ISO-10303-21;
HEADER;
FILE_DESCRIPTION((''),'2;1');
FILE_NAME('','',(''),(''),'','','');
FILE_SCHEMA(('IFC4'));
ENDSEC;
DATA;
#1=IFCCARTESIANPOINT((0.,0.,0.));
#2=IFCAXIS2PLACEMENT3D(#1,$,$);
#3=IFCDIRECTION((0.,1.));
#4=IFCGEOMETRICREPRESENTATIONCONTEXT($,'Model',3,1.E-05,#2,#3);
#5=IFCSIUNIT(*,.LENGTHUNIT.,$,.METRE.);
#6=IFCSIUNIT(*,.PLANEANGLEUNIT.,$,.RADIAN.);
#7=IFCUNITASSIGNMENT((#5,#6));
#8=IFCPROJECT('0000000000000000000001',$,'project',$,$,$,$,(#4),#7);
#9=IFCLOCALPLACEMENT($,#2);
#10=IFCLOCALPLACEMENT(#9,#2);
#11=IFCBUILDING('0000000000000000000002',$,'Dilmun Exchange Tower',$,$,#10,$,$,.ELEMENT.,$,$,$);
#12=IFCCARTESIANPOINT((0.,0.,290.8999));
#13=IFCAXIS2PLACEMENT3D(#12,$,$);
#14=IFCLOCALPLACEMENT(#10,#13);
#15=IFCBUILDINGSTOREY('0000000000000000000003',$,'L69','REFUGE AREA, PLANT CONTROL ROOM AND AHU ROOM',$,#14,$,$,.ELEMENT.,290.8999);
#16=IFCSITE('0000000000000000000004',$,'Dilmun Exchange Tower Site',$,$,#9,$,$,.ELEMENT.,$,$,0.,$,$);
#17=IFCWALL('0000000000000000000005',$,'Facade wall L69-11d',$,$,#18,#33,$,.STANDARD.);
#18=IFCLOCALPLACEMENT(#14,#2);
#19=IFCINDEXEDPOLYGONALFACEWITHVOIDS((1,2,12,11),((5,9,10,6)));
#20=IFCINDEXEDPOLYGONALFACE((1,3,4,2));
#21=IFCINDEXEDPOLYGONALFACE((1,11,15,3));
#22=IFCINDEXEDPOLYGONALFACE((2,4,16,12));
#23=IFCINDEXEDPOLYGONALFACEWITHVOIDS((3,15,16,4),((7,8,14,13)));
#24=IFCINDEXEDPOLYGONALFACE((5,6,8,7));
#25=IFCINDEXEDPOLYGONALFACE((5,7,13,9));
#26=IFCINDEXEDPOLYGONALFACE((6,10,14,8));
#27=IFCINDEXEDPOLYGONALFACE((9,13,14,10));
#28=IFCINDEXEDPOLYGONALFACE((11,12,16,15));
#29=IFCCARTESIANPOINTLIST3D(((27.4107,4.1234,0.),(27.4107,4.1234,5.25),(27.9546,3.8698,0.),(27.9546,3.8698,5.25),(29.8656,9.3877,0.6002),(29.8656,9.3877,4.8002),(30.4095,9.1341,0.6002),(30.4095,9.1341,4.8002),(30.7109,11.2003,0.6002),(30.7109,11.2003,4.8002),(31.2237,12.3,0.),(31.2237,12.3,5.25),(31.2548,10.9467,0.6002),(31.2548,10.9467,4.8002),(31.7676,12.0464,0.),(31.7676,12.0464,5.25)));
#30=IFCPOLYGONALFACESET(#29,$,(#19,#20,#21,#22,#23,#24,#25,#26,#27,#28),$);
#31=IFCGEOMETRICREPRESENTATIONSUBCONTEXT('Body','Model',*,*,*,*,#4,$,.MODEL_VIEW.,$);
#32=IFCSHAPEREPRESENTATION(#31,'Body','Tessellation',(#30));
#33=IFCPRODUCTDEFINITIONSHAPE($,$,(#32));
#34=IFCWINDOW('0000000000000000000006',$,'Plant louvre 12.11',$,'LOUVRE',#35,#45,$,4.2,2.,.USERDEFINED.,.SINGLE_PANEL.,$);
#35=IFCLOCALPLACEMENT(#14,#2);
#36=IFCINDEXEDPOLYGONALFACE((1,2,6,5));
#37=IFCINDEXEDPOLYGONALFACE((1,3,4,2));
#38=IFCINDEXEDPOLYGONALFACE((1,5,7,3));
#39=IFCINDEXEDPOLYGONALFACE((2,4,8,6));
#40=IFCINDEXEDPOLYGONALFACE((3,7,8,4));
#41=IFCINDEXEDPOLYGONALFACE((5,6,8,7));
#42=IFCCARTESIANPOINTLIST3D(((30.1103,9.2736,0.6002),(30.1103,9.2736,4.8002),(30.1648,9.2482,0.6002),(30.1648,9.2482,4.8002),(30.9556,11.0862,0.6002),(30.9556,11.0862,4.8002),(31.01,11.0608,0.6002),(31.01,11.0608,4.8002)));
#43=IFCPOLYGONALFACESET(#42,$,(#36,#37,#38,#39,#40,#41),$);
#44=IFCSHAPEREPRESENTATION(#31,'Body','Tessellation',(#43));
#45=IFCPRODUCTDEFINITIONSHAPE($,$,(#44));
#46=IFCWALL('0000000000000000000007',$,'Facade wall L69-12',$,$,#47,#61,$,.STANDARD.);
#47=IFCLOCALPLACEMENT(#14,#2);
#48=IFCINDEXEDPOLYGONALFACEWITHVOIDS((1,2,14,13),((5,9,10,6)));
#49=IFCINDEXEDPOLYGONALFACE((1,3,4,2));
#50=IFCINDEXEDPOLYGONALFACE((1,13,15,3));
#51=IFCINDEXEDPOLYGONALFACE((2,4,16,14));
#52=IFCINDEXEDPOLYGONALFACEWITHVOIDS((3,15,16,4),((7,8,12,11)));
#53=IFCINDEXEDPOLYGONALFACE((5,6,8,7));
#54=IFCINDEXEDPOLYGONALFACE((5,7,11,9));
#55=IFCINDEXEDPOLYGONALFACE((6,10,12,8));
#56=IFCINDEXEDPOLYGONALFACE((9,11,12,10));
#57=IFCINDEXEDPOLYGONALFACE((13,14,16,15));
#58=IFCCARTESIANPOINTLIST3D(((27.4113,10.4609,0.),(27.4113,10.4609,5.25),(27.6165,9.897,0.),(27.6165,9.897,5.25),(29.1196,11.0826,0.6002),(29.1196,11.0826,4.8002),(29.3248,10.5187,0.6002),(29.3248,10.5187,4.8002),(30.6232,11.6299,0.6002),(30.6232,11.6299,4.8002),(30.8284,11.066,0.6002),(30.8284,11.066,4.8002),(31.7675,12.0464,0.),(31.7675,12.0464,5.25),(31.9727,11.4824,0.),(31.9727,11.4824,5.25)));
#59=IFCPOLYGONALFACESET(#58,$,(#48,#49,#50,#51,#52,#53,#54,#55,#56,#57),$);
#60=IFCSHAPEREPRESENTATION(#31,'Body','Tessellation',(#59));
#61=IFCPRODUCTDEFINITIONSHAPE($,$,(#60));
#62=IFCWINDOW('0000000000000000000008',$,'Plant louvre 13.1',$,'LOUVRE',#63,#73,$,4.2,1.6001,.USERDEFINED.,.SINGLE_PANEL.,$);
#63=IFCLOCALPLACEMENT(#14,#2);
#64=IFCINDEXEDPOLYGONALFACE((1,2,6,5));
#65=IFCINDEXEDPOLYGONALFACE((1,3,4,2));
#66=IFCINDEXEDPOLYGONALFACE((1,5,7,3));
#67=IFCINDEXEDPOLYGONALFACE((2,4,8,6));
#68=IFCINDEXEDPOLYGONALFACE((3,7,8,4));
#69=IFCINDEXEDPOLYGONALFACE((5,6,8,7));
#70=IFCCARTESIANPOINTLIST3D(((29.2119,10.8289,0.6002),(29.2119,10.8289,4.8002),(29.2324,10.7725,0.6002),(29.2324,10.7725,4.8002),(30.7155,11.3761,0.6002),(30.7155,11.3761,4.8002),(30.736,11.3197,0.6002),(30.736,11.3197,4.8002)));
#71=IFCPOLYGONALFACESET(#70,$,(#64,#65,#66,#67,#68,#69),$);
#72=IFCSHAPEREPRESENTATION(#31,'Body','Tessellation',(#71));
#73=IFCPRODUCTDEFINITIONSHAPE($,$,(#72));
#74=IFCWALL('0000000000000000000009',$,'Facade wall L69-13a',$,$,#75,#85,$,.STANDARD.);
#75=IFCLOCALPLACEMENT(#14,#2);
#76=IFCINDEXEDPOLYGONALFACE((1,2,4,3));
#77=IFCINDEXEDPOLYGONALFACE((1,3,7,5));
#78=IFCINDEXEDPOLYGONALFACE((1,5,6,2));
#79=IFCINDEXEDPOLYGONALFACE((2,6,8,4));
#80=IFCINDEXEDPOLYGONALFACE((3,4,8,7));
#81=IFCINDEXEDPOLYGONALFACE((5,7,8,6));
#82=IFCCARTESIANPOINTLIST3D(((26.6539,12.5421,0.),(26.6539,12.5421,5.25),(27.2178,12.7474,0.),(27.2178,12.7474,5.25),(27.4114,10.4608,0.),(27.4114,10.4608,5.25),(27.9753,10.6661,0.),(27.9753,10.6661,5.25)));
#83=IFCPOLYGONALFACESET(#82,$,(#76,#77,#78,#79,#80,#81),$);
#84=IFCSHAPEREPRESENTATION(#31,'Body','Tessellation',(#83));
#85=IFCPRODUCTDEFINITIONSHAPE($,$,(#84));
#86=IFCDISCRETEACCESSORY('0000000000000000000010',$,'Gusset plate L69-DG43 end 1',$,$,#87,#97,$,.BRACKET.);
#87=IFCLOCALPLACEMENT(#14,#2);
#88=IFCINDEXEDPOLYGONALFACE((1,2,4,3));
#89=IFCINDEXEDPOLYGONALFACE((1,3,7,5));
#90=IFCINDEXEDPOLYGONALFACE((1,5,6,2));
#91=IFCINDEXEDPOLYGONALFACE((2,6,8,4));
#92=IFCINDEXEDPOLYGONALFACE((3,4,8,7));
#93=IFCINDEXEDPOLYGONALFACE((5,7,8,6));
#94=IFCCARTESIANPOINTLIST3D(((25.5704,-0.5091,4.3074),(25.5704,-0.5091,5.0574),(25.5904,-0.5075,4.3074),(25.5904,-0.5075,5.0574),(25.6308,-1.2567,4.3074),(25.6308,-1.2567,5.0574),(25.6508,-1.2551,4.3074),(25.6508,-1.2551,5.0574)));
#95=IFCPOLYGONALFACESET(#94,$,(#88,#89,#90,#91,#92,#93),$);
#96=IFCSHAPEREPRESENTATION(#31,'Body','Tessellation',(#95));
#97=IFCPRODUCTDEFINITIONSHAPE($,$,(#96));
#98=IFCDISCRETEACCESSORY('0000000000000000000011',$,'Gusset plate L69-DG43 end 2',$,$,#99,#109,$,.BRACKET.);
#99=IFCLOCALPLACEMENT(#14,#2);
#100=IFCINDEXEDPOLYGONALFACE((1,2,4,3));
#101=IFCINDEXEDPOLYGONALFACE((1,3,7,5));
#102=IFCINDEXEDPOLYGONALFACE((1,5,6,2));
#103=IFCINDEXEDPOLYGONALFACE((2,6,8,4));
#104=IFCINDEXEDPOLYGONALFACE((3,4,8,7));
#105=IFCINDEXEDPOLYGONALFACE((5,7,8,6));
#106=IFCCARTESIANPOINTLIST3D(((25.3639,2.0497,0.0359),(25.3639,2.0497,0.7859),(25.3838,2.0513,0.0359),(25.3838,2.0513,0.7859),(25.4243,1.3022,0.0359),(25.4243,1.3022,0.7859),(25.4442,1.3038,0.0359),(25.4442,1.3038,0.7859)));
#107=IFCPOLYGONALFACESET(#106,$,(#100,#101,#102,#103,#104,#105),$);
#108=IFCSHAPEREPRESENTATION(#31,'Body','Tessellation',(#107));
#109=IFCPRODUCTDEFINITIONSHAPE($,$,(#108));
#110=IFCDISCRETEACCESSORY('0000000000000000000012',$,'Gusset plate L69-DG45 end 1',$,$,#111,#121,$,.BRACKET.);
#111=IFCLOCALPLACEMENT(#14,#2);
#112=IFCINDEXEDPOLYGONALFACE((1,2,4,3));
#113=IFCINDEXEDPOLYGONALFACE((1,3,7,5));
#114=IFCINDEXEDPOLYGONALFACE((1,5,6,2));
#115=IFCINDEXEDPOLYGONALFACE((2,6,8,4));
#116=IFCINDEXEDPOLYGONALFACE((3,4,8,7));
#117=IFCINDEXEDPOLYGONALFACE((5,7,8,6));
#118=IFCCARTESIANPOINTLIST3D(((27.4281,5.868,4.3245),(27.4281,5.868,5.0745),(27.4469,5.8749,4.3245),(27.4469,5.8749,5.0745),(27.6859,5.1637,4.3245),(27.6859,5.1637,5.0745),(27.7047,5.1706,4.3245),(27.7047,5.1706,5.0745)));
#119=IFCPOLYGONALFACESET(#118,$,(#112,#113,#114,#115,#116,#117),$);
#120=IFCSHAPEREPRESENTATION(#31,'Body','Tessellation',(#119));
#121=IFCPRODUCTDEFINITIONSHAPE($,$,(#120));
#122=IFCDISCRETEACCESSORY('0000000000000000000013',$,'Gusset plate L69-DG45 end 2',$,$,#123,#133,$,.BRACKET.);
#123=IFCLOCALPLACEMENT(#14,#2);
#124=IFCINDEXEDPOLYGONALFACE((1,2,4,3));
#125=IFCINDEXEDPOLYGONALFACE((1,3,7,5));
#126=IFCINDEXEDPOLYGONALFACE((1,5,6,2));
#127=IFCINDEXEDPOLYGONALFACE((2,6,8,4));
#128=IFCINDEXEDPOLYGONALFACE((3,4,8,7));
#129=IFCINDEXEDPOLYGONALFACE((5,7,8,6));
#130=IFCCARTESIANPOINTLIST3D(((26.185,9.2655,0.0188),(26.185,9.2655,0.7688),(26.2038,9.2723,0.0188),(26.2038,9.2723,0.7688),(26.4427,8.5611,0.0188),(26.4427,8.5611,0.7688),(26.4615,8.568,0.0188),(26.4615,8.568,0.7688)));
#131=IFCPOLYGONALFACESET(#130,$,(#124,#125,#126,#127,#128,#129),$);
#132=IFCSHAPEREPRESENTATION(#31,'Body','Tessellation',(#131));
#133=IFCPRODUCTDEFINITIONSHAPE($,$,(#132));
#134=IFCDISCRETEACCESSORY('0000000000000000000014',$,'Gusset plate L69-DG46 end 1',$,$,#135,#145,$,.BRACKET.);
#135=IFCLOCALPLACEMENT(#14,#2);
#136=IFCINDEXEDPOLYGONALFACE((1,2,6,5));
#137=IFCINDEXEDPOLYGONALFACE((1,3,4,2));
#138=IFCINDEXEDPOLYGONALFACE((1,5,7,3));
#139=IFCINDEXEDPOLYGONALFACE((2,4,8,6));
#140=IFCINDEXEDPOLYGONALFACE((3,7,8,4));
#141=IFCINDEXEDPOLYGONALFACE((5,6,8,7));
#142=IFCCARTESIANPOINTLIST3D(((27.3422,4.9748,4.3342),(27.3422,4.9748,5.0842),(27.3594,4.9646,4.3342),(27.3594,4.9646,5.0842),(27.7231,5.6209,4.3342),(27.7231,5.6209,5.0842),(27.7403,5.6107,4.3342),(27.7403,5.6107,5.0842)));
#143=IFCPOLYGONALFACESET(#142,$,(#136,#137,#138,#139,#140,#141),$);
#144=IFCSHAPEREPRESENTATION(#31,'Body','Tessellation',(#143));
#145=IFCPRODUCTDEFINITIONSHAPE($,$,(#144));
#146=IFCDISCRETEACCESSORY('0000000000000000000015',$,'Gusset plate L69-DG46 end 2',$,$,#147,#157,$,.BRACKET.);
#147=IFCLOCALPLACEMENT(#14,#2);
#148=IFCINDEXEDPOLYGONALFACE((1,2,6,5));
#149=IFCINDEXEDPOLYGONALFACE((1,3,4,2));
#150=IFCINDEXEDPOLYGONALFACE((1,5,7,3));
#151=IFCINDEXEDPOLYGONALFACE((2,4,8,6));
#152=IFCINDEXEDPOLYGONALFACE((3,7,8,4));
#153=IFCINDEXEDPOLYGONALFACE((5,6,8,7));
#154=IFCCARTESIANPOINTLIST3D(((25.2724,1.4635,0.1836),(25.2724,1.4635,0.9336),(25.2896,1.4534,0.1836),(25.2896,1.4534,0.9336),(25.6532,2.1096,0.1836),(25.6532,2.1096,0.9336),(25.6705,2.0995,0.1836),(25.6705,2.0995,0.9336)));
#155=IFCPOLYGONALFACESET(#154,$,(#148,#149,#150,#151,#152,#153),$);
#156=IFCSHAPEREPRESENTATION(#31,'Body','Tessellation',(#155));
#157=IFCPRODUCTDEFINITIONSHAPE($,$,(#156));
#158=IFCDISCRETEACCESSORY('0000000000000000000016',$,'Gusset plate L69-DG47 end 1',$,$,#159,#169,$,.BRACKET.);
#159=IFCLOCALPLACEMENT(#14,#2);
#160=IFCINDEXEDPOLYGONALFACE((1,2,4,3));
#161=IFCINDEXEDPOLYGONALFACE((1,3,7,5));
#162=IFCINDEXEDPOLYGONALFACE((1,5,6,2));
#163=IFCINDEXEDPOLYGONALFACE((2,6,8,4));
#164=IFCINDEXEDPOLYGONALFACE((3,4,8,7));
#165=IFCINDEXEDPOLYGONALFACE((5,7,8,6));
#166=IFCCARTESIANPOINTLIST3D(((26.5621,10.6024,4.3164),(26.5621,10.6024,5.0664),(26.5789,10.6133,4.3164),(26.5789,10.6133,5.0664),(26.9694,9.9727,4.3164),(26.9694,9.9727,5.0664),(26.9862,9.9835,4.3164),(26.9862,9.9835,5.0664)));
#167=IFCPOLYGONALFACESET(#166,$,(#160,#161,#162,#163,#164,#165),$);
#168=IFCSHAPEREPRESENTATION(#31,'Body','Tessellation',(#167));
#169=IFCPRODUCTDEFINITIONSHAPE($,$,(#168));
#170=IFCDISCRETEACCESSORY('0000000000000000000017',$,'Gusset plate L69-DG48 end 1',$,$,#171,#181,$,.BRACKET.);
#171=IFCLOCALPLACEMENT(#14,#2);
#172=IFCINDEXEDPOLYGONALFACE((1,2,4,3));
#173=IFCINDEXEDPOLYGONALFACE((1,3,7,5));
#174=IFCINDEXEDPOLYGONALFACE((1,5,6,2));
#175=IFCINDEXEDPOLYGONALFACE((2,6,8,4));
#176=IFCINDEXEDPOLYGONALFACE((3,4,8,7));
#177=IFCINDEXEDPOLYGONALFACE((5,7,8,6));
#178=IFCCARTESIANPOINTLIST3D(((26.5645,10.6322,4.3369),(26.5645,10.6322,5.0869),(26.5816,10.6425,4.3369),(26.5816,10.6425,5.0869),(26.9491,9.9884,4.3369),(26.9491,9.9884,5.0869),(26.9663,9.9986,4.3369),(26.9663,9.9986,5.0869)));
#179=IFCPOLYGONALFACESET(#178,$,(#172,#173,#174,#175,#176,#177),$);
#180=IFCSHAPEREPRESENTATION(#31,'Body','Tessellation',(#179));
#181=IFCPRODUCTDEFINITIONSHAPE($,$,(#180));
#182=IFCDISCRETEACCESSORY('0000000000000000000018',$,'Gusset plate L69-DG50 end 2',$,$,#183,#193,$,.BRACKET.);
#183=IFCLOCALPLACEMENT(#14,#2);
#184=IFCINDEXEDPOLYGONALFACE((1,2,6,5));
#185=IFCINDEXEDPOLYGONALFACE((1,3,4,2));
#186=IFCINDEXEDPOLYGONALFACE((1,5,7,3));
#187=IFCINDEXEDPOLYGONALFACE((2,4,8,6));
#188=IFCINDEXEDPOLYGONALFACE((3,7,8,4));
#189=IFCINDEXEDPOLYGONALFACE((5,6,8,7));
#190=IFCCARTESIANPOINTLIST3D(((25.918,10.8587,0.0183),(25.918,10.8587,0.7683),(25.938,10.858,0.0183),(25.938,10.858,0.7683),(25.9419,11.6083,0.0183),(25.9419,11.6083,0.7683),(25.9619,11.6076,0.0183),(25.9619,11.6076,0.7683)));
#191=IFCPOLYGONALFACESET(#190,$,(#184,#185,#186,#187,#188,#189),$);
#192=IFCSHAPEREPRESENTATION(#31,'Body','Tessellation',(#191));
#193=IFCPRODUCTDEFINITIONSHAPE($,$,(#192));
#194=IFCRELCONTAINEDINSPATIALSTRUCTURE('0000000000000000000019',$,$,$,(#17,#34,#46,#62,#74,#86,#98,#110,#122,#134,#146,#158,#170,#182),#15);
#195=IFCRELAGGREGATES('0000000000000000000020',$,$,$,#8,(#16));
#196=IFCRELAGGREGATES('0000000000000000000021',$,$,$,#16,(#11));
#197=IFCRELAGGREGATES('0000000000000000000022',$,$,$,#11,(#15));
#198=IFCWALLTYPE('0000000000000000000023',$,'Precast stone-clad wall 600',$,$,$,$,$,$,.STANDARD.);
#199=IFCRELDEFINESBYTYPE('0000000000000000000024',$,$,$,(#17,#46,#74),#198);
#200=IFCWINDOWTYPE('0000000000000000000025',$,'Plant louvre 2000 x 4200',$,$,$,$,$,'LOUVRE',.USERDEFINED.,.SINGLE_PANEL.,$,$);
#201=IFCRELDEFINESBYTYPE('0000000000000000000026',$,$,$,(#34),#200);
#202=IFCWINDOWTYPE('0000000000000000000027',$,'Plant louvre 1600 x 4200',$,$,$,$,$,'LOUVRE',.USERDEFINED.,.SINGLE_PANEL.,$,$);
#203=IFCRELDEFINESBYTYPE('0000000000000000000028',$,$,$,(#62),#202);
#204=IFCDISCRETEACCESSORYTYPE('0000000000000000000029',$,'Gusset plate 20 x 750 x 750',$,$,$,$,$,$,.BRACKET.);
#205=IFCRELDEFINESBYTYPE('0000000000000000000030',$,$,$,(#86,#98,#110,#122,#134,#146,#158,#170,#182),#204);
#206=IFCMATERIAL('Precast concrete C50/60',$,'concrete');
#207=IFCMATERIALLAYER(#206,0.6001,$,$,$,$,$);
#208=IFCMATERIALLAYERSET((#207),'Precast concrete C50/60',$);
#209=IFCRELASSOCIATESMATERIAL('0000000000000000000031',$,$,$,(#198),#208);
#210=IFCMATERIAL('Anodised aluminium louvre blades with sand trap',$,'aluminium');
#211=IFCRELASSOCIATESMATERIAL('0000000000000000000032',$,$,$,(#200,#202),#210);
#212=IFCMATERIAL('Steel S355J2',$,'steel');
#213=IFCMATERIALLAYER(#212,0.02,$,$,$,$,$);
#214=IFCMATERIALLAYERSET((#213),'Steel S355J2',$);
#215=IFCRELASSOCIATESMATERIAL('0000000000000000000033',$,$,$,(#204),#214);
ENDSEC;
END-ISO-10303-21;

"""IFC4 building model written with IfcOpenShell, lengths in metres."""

from ifc_helpers import new_model, si_unit, direction, frame, frame_2d, origin, origin_2d, place, context, subcontext, project, spatial, rectangle, extrude, material, layer, layer_set, type_object, element, fill, save


model = new_model("IFC4")

# Units and contexts
model_context = context("Model", 3, precision=1e-05, world=origin(), true_north=direction((0.0, 1.0)))
body_context = subcontext(model_context, "Body", "Model", "MODEL_VIEW")
ifc_project = project(units=[si_unit("LENGTHUNIT", "METRE"), si_unit("PLANEANGLEUNIT", "RADIAN")], contexts=[model_context])

# Site, building, storey
site_placement = place(None, origin())
site = spatial("IfcSite", under=ifc_project, at=site_placement, Name="Dilmun Exchange Tower Site", CompositionType="ELEMENT", RefElevation=0.0)
building_placement = place(site_placement, origin())
building = spatial("IfcBuilding", under=site, at=building_placement, Name="Dilmun Exchange Tower", CompositionType="ELEMENT")
storey_placement = place(building_placement, frame((0.0, 0.0, 290.8999)))
storey = spatial("IfcBuildingStorey", under=building, at=storey_placement, Name="L69", Description="REFUGE AREA, PLANT CONTROL ROOM AND AHU ROOM", CompositionType="ELEMENT", Elevation=290.8999)

# Shared definitions
ifc_material_1 = material(Name="Precast concrete C50/60", Category="concrete")
ifc_layer_1 = layer(ifc_material_1, 0.6001)
ifc_layer_set_1 = layer_set([ifc_layer_1], Name="Precast concrete C50/60")
wall_type_1 = type_object("IfcWallType", Name="Precast stone-clad wall 600", PredefinedType="STANDARD", material=ifc_layer_set_1)

# Walls, openings, windows
wall_1_placement = place(storey_placement, frame((27.6826, 3.9966, 0.0), z_axis=(0.0, 0.0, 1.0), x_axis=(0.422638, 0.906299, 0.0)))
wall_1 = element("IfcWall", 1, at=wall_1_placement, inside=storey, type_object=wall_type_1, Name="Facade wall L69-11d", PredefinedType="STANDARD", context=body_context, shape_type="SweptSolid", body=[
    extrude(rectangle(XDim=9.022, YDim=0.6001, at=frame_2d((4.511, 0.0))), origin(), (0.0, 0.0, 1.0), 5.25),
])
opening_1_placement = place(wall_1_placement, frame((5.8086, 0.0, 0.6001)))
opening_1 = element("IfcOpeningElement", 2, at=opening_1_placement, cuts=wall_1, PredefinedType="OPENING", context=body_context, shape_type="SweptSolid", body=[
    extrude(rectangle(XDim=2.0, YDim=4.2, at=frame_2d((1.0, 2.1001))), frame((0.0, 0.3101, 0.0), z_axis=(0.0, -1.0, 0.0), x_axis=(1.0, 0.0, 0.0)), (0.0, 0.0, 1.0), 0.6201),
])
ifc_material_2 = material(Name="Anodised aluminium louvre blades with sand trap", Category="aluminium")
window_type_1 = type_object("IfcWindowType", Name="Plant louvre 2000 x 4200", ElementType="LOUVRE", PartitioningType="SINGLE_PANEL", PredefinedType="USERDEFINED", material=ifc_material_2)
window_1_placement = place(opening_1_placement, origin())
window_1 = element("IfcWindow", 3, at=window_1_placement, inside=storey, type_object=window_type_1, Name="Plant louvre 12.11", ObjectType="LOUVRE", OverallHeight=4.2, OverallWidth=2.0, PartitioningType="SINGLE_PANEL", PredefinedType="USERDEFINED", context=body_context, shape_type="SweptSolid", body=[
    extrude(rectangle(XDim=2.0, YDim=4.2, at=frame_2d((1.0, 2.1001))), frame((0.0, 0.03, 0.0), z_axis=(0.0, -1.0, 0.0), x_axis=(1.0, 0.0, 0.0)), (0.0, 0.0, 1.0), 0.0601),
])
fill(opening_1, window_1)
wall_2_placement = place(storey_placement, frame((31.8701, 11.7644, 0.0), z_axis=(0.0, 0.0, 1.0), x_axis=(-0.939698, -0.342005, 0.0)))
wall_2 = element("IfcWall", 4, at=wall_2_placement, inside=storey, type_object=wall_type_1, Name="Facade wall L69-12", PredefinedType="STANDARD", context=body_context, shape_type="SweptSolid", body=[
    extrude(rectangle(XDim=4.6357, YDim=0.6001, at=frame_2d((2.3179, 0.0))), origin(), (0.0, 0.0, 1.0), 5.25),
])
opening_2_placement = place(wall_2_placement, frame((1.2178, 0.0, 0.6001)))
opening_2 = element("IfcOpeningElement", 5, at=opening_2_placement, cuts=wall_2, PredefinedType="OPENING", context=body_context, shape_type="SweptSolid", body=[
    extrude(rectangle(XDim=1.6001, YDim=4.2, at=frame_2d((0.8, 2.1001))), frame((0.0, 0.3101, 0.0), z_axis=(0.0, -1.0, 0.0), x_axis=(1.0, 0.0, 0.0)), (0.0, 0.0, 1.0), 0.6201),
])
window_type_2 = type_object("IfcWindowType", Name="Plant louvre 1600 x 4200", ElementType="LOUVRE", PartitioningType="SINGLE_PANEL", PredefinedType="USERDEFINED", material=ifc_material_2)
window_2_placement = place(opening_2_placement, origin())
window_2 = element("IfcWindow", 6, at=window_2_placement, inside=storey, type_object=window_type_2, Name="Plant louvre 13.1", ObjectType="LOUVRE", OverallHeight=4.2, OverallWidth=1.6001, PartitioningType="SINGLE_PANEL", PredefinedType="USERDEFINED", context=body_context, shape_type="SweptSolid", body=[
    extrude(rectangle(XDim=1.6001, YDim=4.2, at=frame_2d((0.8, 2.1001))), frame((0.0, 0.03, 0.0), z_axis=(0.0, -1.0, 0.0), x_axis=(1.0, 0.0, 0.0)), (0.0, 0.0, 1.0), 0.0601),
])
fill(opening_2, window_2)

# Wall
wall_3_placement = place(storey_placement, frame((27.6934, 10.5635, 0.0), z_axis=(0.0, 0.0, 1.0), x_axis=(-0.342035, 0.939687, 0.0)))
element("IfcWall", 7, at=wall_3_placement, inside=storey, type_object=wall_type_1, Name="Facade wall L69-13a", PredefinedType="STANDARD", context=body_context, shape_type="SweptSolid", body=[
    extrude(rectangle(XDim=2.2148, YDim=0.6001, at=frame_2d((1.1074, 0.0))), origin(), (0.0, 0.0, 1.0), 5.25),
])

# Discrete accessories
ifc_material_3 = material(Name="Steel S355J2", Category="steel")
ifc_layer_2 = layer(ifc_material_3, 0.02)
ifc_layer_set_2 = layer_set([ifc_layer_2], Name="Steel S355J2")
discrete_accessory_type = type_object("IfcDiscreteAccessoryType", Name="Gusset plate 20 x 750 x 750", PredefinedType="BRACKET", material=ifc_layer_set_2)
for number, where, z_axis, x_axis, name in (
    (8, (25.6106, -0.8821, 4.3074), (0.0, 0.0, 1.0), (-0.080529, 0.996752, 0.0), "Gusset plate L69-DG43 end 1"),
    (9, (25.4041, 1.6768, 0.0359), (0.0, 0.0, 1.0), (-0.080529, 0.996752, 0.0), "Gusset plate L69-DG43 end 2"),
    (10, (27.5664, 5.5193, 4.3245), (0.0, 0.0, 1.0), (-0.343653, 0.939097, 0.0), "Gusset plate L69-DG45 end 1"),
    (11, (26.3232, 8.9167, 0.0188), (0.0, 0.0, 1.0), (-0.343653, 0.939097, 0.0), "Gusset plate L69-DG45 end 2"),
    (12, (27.5413, 5.2927, 4.3342), (0.0, 0.0, 1.0), (-0.507827, -0.861459, 0.0), "Gusset plate L69-DG46 end 1"),
    (13, (25.4714, 1.7815, 0.1836), (0.0, 0.0, 1.0), (-0.507827, -0.861459, 0.0), "Gusset plate L69-DG46 end 2"),
    (14, (26.7742, 10.293, 4.3164), (0.0, 0.0, 1.0), (-0.543106, 0.839664, 0.0), "Gusset plate L69-DG47 end 1"),
    (15, (26.7654, 10.3154, 4.3369), (0.0, 0.0, 1.0), (-0.512893, 0.858453, 0.0), "Gusset plate L69-DG48 end 1"),
    (16, (25.9399, 11.2332, 0.0183), (0.0, 0.0, 1.0), (-0.03192, -0.99949, 0.0), "Gusset plate L69-DG50 end 2"),
):
    element("IfcDiscreteAccessory", number, at=place(storey_placement, frame(where, z_axis=z_axis, x_axis=x_axis)), inside=storey, type_object=discrete_accessory_type, Name=name, PredefinedType="BRACKET", context=body_context, shape_type="SweptSolid", body=[
        extrude(rectangle(XDim=0.75, YDim=0.02, at=origin_2d()), origin(), (0.0, 0.0, 1.0), 0.75),
    ])

save(model, "model.ifc")
